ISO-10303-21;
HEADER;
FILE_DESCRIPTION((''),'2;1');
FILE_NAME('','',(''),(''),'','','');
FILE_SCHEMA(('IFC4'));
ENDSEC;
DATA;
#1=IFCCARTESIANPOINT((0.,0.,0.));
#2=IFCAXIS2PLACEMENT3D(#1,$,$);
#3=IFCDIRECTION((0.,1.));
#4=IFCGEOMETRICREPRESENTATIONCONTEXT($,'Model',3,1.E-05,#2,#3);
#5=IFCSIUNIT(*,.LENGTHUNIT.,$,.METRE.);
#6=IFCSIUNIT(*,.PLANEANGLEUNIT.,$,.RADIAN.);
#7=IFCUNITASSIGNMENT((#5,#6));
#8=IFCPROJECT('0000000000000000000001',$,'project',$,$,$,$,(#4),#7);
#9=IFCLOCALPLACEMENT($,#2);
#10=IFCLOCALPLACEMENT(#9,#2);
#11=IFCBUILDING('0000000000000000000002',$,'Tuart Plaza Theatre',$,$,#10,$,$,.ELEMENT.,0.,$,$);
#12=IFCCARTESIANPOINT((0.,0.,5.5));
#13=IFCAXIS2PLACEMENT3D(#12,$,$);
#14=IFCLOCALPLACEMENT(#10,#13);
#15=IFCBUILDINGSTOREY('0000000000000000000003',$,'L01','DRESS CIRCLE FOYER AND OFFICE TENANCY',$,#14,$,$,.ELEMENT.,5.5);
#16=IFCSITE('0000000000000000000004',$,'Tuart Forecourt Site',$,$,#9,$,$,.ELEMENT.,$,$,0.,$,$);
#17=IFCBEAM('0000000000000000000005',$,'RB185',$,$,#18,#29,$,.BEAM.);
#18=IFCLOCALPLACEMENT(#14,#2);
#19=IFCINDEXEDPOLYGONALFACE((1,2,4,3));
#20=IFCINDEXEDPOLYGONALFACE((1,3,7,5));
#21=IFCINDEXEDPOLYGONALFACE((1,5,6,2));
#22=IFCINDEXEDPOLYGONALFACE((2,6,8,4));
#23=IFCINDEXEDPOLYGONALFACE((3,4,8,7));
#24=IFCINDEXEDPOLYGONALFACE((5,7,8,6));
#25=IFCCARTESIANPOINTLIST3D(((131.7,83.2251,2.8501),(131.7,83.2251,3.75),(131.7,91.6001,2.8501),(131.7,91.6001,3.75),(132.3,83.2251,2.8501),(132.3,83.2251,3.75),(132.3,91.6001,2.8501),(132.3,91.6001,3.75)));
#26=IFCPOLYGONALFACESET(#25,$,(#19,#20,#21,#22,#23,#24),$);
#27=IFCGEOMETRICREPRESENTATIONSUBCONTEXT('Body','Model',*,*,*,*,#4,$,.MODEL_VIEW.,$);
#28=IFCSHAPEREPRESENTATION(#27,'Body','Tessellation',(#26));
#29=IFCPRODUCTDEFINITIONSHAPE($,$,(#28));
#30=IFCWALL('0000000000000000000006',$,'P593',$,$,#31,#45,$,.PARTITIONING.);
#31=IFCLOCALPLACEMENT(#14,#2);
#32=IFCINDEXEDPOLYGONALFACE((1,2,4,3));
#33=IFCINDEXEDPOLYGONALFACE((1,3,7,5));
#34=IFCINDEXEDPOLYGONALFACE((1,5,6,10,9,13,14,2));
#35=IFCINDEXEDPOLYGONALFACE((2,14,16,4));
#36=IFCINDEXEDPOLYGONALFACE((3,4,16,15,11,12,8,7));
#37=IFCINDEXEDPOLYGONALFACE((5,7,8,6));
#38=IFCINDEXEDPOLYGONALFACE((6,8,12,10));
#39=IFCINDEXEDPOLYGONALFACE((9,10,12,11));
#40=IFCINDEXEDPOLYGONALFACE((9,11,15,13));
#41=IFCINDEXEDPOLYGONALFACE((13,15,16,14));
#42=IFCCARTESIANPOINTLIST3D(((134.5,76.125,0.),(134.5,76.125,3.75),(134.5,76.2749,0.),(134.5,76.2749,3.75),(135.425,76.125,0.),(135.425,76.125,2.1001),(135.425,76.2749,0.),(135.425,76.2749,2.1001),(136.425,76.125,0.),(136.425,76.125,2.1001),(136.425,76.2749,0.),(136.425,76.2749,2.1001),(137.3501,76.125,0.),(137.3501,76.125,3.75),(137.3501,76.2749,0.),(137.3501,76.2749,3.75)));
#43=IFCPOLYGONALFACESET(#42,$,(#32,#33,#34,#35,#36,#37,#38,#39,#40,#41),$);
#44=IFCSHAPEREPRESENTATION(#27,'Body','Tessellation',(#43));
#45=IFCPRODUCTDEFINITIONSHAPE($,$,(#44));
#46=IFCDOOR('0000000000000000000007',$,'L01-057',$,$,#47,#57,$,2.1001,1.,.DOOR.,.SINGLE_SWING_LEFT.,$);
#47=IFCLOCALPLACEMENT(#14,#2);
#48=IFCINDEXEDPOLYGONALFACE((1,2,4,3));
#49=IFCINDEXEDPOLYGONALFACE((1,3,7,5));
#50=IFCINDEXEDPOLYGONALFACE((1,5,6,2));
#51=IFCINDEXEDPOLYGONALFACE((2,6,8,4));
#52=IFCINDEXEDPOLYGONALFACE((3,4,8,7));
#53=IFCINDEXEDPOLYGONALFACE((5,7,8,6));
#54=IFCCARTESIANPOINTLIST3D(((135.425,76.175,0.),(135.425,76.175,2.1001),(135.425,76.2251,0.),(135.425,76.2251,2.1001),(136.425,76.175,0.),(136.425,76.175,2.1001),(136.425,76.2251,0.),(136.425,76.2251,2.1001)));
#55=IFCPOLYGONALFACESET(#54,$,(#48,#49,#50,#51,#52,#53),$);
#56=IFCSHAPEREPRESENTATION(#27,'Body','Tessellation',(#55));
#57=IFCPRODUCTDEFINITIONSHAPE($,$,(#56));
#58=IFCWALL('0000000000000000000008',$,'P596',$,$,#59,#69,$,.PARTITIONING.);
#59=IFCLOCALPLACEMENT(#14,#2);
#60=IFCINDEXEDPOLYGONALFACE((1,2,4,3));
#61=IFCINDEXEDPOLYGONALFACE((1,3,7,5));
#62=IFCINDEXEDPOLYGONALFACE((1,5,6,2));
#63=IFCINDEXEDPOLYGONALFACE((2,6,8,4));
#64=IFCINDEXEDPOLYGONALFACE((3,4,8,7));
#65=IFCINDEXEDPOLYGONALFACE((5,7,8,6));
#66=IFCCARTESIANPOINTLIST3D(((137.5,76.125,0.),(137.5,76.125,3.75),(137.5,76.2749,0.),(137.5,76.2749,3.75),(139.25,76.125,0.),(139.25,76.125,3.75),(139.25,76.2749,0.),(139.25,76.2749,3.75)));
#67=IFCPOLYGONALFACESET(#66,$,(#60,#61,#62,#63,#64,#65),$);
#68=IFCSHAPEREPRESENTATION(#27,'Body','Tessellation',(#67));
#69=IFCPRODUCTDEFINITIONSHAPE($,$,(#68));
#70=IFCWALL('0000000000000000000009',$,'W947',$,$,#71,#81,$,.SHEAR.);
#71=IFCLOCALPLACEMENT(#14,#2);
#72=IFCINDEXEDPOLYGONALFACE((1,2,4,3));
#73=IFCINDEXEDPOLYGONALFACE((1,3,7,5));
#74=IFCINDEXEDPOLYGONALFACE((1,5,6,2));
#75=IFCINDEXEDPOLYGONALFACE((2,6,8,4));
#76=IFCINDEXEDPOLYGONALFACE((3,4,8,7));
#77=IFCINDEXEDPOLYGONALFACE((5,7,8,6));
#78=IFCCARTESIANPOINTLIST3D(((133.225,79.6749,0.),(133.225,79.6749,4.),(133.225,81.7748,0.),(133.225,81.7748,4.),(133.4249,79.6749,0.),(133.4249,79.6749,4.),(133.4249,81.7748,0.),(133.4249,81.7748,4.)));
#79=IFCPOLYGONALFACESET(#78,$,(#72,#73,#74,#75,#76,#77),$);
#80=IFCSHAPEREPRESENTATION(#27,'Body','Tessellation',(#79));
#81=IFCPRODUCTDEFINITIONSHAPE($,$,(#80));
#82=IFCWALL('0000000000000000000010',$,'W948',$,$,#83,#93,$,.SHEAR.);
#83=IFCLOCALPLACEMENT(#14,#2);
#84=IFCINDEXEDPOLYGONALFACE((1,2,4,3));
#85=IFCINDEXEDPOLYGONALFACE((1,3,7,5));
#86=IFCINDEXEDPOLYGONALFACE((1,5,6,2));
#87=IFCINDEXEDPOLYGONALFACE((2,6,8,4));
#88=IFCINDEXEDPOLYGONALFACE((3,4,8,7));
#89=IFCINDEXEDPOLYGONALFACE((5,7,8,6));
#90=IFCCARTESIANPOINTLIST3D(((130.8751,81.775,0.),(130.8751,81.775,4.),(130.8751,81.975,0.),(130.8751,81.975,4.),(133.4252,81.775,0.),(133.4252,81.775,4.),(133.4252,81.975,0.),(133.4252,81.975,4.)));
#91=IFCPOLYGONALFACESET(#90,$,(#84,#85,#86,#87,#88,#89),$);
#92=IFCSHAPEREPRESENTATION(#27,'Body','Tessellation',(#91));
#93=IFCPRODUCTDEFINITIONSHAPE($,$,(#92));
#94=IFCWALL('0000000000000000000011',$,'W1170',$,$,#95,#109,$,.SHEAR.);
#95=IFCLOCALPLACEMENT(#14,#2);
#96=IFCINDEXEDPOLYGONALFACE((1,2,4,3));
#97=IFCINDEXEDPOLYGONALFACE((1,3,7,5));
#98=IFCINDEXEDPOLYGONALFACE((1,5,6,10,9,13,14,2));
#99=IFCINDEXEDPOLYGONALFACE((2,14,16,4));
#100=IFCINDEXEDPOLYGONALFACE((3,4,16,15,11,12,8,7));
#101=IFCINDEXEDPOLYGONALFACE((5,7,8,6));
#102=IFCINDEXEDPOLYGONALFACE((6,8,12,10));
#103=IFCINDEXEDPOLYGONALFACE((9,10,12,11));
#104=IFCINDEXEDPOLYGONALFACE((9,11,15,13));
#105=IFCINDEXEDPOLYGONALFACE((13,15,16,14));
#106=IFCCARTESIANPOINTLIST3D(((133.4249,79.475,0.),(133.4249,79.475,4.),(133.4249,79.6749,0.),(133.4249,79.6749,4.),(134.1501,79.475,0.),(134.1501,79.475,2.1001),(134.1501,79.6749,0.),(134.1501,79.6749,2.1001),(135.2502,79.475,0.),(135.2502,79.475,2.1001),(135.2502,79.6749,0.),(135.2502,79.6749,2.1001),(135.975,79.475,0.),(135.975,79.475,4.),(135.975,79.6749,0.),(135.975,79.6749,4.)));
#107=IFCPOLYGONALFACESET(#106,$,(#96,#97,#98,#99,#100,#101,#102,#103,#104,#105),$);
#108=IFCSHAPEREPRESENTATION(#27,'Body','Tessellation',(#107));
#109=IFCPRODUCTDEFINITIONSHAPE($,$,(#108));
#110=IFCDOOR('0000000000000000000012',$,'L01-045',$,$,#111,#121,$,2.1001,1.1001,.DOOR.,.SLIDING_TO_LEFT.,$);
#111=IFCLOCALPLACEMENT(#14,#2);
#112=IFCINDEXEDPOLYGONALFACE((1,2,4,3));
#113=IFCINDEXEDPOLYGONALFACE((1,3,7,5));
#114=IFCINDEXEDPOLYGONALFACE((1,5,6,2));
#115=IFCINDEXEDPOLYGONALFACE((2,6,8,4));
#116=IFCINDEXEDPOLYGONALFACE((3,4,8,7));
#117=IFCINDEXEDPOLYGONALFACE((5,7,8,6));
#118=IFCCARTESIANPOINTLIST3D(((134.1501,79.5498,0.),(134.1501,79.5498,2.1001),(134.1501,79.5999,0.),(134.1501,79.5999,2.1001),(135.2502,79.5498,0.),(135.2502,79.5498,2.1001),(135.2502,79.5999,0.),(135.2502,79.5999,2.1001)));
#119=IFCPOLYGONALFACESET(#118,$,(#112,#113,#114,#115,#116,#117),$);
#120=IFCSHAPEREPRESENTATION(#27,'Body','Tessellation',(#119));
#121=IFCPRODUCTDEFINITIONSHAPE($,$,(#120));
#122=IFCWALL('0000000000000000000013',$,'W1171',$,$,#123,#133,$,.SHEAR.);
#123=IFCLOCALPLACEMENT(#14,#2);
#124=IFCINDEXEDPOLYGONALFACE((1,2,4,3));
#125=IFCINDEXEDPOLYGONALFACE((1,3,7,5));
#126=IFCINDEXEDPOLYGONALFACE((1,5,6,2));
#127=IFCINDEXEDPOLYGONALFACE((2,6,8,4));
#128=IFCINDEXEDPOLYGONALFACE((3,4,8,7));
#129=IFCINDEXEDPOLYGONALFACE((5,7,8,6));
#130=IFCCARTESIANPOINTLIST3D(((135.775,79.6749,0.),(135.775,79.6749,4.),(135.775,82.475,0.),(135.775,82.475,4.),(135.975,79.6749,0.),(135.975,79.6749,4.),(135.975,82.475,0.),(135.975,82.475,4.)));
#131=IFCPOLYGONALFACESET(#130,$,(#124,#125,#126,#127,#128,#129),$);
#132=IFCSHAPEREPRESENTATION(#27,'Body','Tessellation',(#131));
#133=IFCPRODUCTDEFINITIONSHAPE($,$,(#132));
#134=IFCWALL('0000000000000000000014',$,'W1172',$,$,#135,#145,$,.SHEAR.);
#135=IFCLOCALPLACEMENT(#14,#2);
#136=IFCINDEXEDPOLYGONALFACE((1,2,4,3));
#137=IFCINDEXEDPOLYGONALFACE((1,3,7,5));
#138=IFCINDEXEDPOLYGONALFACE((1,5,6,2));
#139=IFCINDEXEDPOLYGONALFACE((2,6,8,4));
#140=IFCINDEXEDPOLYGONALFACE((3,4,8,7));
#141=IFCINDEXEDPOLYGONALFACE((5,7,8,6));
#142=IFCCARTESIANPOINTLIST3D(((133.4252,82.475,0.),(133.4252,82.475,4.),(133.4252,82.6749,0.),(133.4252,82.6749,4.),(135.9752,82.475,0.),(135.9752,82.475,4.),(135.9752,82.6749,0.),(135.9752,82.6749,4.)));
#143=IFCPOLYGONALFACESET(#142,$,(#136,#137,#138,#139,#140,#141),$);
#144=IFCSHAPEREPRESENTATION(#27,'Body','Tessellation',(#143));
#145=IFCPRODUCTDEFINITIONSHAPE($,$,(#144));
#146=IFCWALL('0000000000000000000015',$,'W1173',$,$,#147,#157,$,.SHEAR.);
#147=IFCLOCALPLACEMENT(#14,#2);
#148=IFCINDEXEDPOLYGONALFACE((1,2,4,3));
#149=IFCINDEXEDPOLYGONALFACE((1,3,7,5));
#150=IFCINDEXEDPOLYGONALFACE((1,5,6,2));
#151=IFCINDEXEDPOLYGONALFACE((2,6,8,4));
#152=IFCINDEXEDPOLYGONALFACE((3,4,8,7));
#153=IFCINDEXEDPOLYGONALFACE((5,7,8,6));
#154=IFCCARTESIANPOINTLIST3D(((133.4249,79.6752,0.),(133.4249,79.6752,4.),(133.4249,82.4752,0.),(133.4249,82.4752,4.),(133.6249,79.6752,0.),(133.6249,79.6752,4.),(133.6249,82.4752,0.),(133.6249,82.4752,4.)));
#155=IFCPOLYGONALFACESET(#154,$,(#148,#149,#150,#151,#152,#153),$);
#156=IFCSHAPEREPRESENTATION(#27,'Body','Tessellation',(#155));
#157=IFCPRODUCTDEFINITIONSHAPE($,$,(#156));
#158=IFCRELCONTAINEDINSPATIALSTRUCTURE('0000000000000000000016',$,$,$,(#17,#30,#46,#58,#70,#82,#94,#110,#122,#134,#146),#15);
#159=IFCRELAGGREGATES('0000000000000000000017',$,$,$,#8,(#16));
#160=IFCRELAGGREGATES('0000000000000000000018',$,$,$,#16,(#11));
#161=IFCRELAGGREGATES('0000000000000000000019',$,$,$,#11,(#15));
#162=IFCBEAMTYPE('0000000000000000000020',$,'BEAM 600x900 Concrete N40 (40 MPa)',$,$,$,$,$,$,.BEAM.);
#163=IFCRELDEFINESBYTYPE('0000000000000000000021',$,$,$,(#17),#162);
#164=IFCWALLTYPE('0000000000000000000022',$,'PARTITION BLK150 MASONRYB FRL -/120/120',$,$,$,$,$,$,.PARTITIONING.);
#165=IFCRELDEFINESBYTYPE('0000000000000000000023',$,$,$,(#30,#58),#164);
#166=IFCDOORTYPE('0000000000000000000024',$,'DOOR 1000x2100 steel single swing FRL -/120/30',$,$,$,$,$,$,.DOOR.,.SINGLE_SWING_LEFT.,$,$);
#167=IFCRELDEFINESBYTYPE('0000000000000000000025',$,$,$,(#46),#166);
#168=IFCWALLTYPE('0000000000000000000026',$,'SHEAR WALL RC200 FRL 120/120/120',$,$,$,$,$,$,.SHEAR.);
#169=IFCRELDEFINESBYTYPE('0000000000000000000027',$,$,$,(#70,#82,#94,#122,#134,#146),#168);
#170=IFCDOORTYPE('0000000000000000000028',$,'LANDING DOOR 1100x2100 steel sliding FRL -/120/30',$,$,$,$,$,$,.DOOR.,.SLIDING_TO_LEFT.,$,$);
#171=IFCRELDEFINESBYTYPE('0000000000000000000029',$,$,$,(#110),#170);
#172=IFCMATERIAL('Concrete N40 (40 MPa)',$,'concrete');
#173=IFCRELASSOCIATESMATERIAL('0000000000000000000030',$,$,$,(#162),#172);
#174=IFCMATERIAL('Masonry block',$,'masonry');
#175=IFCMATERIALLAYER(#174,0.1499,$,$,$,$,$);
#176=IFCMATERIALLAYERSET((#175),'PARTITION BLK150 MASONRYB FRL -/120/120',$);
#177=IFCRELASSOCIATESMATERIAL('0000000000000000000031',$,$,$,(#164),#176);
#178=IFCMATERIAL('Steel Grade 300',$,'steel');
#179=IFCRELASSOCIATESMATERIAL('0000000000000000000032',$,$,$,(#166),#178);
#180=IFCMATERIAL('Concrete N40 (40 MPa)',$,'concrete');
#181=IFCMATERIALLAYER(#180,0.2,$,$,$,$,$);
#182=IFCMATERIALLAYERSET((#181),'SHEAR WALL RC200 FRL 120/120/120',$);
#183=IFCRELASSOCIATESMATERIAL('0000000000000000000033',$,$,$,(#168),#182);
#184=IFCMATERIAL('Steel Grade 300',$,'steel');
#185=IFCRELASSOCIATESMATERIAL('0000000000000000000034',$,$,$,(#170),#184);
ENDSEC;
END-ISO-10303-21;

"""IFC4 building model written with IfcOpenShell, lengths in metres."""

from ifc_helpers import new_model, si_unit, direction, frame, frame_2d, origin, origin_2d, place, context, subcontext, project, spatial, rectangle, extrude, material, layer, layer_set, material_profile, profile_set, type_object, element, fill, save


model = new_model("IFC4")

# Units and contexts
model_context = context("Model", 3, precision=1e-05, world=origin(), true_north=direction((0.0, 1.0)))
body_context = subcontext(model_context, "Body", "Model", "MODEL_VIEW")
ifc_project = project(units=[si_unit("LENGTHUNIT", "METRE"), si_unit("PLANEANGLEUNIT", "RADIAN")], contexts=[model_context])

# Site, building, storey
site_placement = place(None, origin())
site = spatial("IfcSite", under=ifc_project, at=site_placement, Name="Tuart Forecourt Site", CompositionType="ELEMENT", RefElevation=0.0)
building_placement = place(site_placement, origin())
building = spatial("IfcBuilding", under=site, at=building_placement, Name="Tuart Plaza Theatre", CompositionType="ELEMENT", ElevationOfRefHeight=0.0)
storey_placement = place(building_placement, frame((0.0, 0.0, 5.5)))
storey = spatial("IfcBuildingStorey", under=building, at=storey_placement, Name="L01", Description="DRESS CIRCLE FOYER AND OFFICE TENANCY", CompositionType="ELEMENT", Elevation=5.5)

# Beam
ifc_material_1 = material(Name="Concrete N40 (40 MPa)", Category="concrete")
ifc_material_profile = material_profile(ifc_material_1, rectangle(XDim=0.6001, YDim=0.8999, at=origin_2d()), Name="BEAM 600x900 Concrete N40 (40 MPa)")
ifc_profile_set = profile_set([ifc_material_profile], Name="Concrete N40 (40 MPa)")
beam_type = type_object("IfcBeamType", Name="BEAM 600x900 Concrete N40 (40 MPa)", PredefinedType="BEAM", material=ifc_profile_set)
beam_placement = place(storey_placement, frame((132.0, 83.2251, 3.3), z_axis=(0.0, 1.0, 0.0), x_axis=(-1.0, 0.0, 0.0)))
element("IfcBeam", 1, at=beam_placement, inside=storey, type_object=beam_type, Name="RB185", PredefinedType="BEAM", context=body_context, shape_type="SweptSolid", body=[
    extrude(rectangle(XDim=0.6001, YDim=0.8999, at=origin_2d()), origin(), (0.0, 0.0, 1.0), 8.375),
])

# Wall, opening, door
ifc_material_2 = material(Name="Masonry block", Category="masonry")
ifc_layer_1 = layer(ifc_material_2, 0.1499)
ifc_layer_set_1 = layer_set([ifc_layer_1], Name="PARTITION BLK150 MASONRYB FRL -/120/120")
wall_type_1 = type_object("IfcWallType", Name="PARTITION BLK150 MASONRYB FRL -/120/120", PredefinedType="PARTITIONING", material=ifc_layer_set_1)
wall_1_placement = place(storey_placement, frame((134.5, 76.2, 0.0), z_axis=(0.0, 0.0, 1.0), x_axis=(1.0, 0.0, 0.0)))
wall_1 = element("IfcWall", 2, at=wall_1_placement, inside=storey, type_object=wall_type_1, Name="P593", PredefinedType="PARTITIONING", context=body_context, shape_type="SweptSolid", body=[
    extrude(rectangle(XDim=2.8501, YDim=0.1499, at=frame_2d((1.425, 0.0))), origin(), (0.0, 0.0, 1.0), 3.75),
])
opening_1_placement = place(wall_1_placement, frame((0.925, 0.0, 0.0)))
opening_1 = element("IfcOpeningElement", 3, at=opening_1_placement, cuts=wall_1, PredefinedType="OPENING", context=body_context, shape_type="SweptSolid", body=[
    extrude(rectangle(XDim=1.0, YDim=2.1001, at=frame_2d((0.5, 1.05))), frame((0.0, 0.085, 0.0), z_axis=(0.0, -1.0, 0.0), x_axis=(1.0, 0.0, 0.0)), (0.0, 0.0, 1.0), 0.1699),
])
ifc_material_3 = material(Name="Steel Grade 300", Category="steel")
door_type_1 = type_object("IfcDoorType", Name="DOOR 1000x2100 steel single swing FRL -/120/30", OperationType="SINGLE_SWING_LEFT", PredefinedType="DOOR", material=ifc_material_3)
door_1_placement = place(opening_1_placement, frame((1.0, 0.0, 0.0), z_axis=(0.0, 0.0, 1.0), x_axis=(-1.0, 0.0, 0.0)))
door_1 = element("IfcDoor", 4, at=door_1_placement, inside=storey, type_object=door_type_1, Name="L01-057", OperationType="SINGLE_SWING_LEFT", OverallHeight=2.1001, OverallWidth=1.0, PredefinedType="DOOR", context=body_context, shape_type="SweptSolid", body=[
    extrude(rectangle(XDim=1.0, YDim=2.1001, at=frame_2d((0.5, 1.05))), frame((0.0, 0.0249, 0.0), z_axis=(0.0, -1.0, 0.0), x_axis=(1.0, 0.0, 0.0)), (0.0, 0.0, 1.0), 0.05),
])
fill(opening_1, door_1)

# Walls
wall_2_placement = place(storey_placement, frame((137.5, 76.2, 0.0), z_axis=(0.0, 0.0, 1.0), x_axis=(1.0, 0.0, 0.0)))
element("IfcWall", 5, at=wall_2_placement, inside=storey, type_object=wall_type_1, Name="P596", PredefinedType="PARTITIONING", context=body_context, shape_type="SweptSolid", body=[
    extrude(rectangle(XDim=1.75, YDim=0.1499, at=frame_2d((0.875, 0.0))), origin(), (0.0, 0.0, 1.0), 3.75),
])
ifc_material_4 = material(Name="Concrete N40 (40 MPa)", Category="concrete")
ifc_layer_2 = layer(ifc_material_4, 0.2)
ifc_layer_set_2 = layer_set([ifc_layer_2], Name="SHEAR WALL RC200 FRL 120/120/120")
wall_type_2 = type_object("IfcWallType", Name="SHEAR WALL RC200 FRL 120/120/120", PredefinedType="SHEAR", material=ifc_layer_set_2)
wall_3_placement = place(storey_placement, frame((133.325, 79.675, 0.0), z_axis=(0.0, 0.0, 1.0), x_axis=(0.0, 1.0, 0.0)))
element("IfcWall", 6, at=wall_3_placement, inside=storey, type_object=wall_type_2, Name="W947", PredefinedType="SHEAR", context=body_context, shape_type="SweptSolid", body=[
    extrude(rectangle(XDim=2.0999, YDim=0.2, at=frame_2d((1.0498, 0.0))), origin(), (0.0, 0.0, 1.0), 4.0),
])
wall_4_placement = place(storey_placement, frame((133.425, 81.875, 0.0), z_axis=(0.0, 0.0, 1.0), x_axis=(-1.0, 0.0, 0.0)))
element("IfcWall", 7, at=wall_4_placement, inside=storey, type_object=wall_type_2, Name="W948", PredefinedType="SHEAR", context=body_context, shape_type="SweptSolid", body=[
    extrude(rectangle(XDim=2.55, YDim=0.2, at=frame_2d((1.2749, 0.0))), origin(), (0.0, 0.0, 1.0), 4.0),
])

# Wall, opening, door
wall_5_placement = place(storey_placement, frame((133.425, 79.575, 0.0), z_axis=(0.0, 0.0, 1.0), x_axis=(1.0, 0.0, 0.0)))
wall_5 = element("IfcWall", 8, at=wall_5_placement, inside=storey, type_object=wall_type_2, Name="W1170", PredefinedType="SHEAR", context=body_context, shape_type="SweptSolid", body=[
    extrude(rectangle(XDim=2.55, YDim=0.2, at=frame_2d((1.2749, 0.0))), origin(), (0.0, 0.0, 1.0), 4.0),
])
opening_2_placement = place(wall_5_placement, frame((0.7251, 0.0, 0.0)))
opening_2 = element("IfcOpeningElement", 9, at=opening_2_placement, cuts=wall_5, PredefinedType="OPENING", context=body_context, shape_type="SweptSolid", body=[
    extrude(rectangle(XDim=1.1001, YDim=2.1001, at=frame_2d((0.55, 1.05))), frame((0.0, 0.1099, 0.0), z_axis=(0.0, -1.0, 0.0), x_axis=(1.0, 0.0, 0.0)), (0.0, 0.0, 1.0), 0.22),
])
ifc_material_5 = material(Name="Steel Grade 300", Category="steel")
door_type_2 = type_object("IfcDoorType", Name="LANDING DOOR 1100x2100 steel sliding FRL -/120/30", OperationType="SLIDING_TO_LEFT", PredefinedType="DOOR", material=ifc_material_5)
door_2_placement = place(opening_2_placement, origin())
door_2 = element("IfcDoor", 10, at=door_2_placement, inside=storey, type_object=door_type_2, Name="L01-045", OperationType="SLIDING_TO_LEFT", OverallHeight=2.1001, OverallWidth=1.1001, PredefinedType="DOOR", context=body_context, shape_type="SweptSolid", body=[
    extrude(rectangle(XDim=1.1001, YDim=2.1001, at=frame_2d((0.55, 1.05))), frame((0.0, 0.0249, 0.0), z_axis=(0.0, -1.0, 0.0), x_axis=(1.0, 0.0, 0.0)), (0.0, 0.0, 1.0), 0.05),
])
fill(opening_2, door_2)

# Walls
wall_6_placement = place(storey_placement, frame((135.875, 79.675, 0.0), z_axis=(0.0, 0.0, 1.0), x_axis=(0.0, 1.0, 0.0)))
element("IfcWall", 11, at=wall_6_placement, inside=storey, type_object=wall_type_2, Name="W1171", PredefinedType="SHEAR", context=body_context, shape_type="SweptSolid", body=[
    extrude(rectangle(XDim=2.8, YDim=0.2, at=frame_2d((1.3999, 0.0))), origin(), (0.0, 0.0, 1.0), 4.0),
])
wall_7_placement = place(storey_placement, frame((135.9751, 82.575, 0.0), z_axis=(0.0, 0.0, 1.0), x_axis=(-1.0, 0.0, 0.0)))
element("IfcWall", 12, at=wall_7_placement, inside=storey, type_object=wall_type_2, Name="W1172", PredefinedType="SHEAR", context=body_context, shape_type="SweptSolid", body=[
    extrude(rectangle(XDim=2.55, YDim=0.2, at=frame_2d((1.2749, 0.0))), origin(), (0.0, 0.0, 1.0), 4.0),
])
wall_8_placement = place(storey_placement, frame((133.5249, 82.4751, 0.0), z_axis=(0.0, 0.0, 1.0), x_axis=(0.0, -1.0, 0.0)))
element("IfcWall", 13, at=wall_8_placement, inside=storey, type_object=wall_type_2, Name="W1173", PredefinedType="SHEAR", context=body_context, shape_type="SweptSolid", body=[
    extrude(rectangle(XDim=2.8, YDim=0.2, at=frame_2d((1.3999, 0.0))), origin(), (0.0, 0.0, 1.0), 4.0),
])

save(model, "model.ifc")
